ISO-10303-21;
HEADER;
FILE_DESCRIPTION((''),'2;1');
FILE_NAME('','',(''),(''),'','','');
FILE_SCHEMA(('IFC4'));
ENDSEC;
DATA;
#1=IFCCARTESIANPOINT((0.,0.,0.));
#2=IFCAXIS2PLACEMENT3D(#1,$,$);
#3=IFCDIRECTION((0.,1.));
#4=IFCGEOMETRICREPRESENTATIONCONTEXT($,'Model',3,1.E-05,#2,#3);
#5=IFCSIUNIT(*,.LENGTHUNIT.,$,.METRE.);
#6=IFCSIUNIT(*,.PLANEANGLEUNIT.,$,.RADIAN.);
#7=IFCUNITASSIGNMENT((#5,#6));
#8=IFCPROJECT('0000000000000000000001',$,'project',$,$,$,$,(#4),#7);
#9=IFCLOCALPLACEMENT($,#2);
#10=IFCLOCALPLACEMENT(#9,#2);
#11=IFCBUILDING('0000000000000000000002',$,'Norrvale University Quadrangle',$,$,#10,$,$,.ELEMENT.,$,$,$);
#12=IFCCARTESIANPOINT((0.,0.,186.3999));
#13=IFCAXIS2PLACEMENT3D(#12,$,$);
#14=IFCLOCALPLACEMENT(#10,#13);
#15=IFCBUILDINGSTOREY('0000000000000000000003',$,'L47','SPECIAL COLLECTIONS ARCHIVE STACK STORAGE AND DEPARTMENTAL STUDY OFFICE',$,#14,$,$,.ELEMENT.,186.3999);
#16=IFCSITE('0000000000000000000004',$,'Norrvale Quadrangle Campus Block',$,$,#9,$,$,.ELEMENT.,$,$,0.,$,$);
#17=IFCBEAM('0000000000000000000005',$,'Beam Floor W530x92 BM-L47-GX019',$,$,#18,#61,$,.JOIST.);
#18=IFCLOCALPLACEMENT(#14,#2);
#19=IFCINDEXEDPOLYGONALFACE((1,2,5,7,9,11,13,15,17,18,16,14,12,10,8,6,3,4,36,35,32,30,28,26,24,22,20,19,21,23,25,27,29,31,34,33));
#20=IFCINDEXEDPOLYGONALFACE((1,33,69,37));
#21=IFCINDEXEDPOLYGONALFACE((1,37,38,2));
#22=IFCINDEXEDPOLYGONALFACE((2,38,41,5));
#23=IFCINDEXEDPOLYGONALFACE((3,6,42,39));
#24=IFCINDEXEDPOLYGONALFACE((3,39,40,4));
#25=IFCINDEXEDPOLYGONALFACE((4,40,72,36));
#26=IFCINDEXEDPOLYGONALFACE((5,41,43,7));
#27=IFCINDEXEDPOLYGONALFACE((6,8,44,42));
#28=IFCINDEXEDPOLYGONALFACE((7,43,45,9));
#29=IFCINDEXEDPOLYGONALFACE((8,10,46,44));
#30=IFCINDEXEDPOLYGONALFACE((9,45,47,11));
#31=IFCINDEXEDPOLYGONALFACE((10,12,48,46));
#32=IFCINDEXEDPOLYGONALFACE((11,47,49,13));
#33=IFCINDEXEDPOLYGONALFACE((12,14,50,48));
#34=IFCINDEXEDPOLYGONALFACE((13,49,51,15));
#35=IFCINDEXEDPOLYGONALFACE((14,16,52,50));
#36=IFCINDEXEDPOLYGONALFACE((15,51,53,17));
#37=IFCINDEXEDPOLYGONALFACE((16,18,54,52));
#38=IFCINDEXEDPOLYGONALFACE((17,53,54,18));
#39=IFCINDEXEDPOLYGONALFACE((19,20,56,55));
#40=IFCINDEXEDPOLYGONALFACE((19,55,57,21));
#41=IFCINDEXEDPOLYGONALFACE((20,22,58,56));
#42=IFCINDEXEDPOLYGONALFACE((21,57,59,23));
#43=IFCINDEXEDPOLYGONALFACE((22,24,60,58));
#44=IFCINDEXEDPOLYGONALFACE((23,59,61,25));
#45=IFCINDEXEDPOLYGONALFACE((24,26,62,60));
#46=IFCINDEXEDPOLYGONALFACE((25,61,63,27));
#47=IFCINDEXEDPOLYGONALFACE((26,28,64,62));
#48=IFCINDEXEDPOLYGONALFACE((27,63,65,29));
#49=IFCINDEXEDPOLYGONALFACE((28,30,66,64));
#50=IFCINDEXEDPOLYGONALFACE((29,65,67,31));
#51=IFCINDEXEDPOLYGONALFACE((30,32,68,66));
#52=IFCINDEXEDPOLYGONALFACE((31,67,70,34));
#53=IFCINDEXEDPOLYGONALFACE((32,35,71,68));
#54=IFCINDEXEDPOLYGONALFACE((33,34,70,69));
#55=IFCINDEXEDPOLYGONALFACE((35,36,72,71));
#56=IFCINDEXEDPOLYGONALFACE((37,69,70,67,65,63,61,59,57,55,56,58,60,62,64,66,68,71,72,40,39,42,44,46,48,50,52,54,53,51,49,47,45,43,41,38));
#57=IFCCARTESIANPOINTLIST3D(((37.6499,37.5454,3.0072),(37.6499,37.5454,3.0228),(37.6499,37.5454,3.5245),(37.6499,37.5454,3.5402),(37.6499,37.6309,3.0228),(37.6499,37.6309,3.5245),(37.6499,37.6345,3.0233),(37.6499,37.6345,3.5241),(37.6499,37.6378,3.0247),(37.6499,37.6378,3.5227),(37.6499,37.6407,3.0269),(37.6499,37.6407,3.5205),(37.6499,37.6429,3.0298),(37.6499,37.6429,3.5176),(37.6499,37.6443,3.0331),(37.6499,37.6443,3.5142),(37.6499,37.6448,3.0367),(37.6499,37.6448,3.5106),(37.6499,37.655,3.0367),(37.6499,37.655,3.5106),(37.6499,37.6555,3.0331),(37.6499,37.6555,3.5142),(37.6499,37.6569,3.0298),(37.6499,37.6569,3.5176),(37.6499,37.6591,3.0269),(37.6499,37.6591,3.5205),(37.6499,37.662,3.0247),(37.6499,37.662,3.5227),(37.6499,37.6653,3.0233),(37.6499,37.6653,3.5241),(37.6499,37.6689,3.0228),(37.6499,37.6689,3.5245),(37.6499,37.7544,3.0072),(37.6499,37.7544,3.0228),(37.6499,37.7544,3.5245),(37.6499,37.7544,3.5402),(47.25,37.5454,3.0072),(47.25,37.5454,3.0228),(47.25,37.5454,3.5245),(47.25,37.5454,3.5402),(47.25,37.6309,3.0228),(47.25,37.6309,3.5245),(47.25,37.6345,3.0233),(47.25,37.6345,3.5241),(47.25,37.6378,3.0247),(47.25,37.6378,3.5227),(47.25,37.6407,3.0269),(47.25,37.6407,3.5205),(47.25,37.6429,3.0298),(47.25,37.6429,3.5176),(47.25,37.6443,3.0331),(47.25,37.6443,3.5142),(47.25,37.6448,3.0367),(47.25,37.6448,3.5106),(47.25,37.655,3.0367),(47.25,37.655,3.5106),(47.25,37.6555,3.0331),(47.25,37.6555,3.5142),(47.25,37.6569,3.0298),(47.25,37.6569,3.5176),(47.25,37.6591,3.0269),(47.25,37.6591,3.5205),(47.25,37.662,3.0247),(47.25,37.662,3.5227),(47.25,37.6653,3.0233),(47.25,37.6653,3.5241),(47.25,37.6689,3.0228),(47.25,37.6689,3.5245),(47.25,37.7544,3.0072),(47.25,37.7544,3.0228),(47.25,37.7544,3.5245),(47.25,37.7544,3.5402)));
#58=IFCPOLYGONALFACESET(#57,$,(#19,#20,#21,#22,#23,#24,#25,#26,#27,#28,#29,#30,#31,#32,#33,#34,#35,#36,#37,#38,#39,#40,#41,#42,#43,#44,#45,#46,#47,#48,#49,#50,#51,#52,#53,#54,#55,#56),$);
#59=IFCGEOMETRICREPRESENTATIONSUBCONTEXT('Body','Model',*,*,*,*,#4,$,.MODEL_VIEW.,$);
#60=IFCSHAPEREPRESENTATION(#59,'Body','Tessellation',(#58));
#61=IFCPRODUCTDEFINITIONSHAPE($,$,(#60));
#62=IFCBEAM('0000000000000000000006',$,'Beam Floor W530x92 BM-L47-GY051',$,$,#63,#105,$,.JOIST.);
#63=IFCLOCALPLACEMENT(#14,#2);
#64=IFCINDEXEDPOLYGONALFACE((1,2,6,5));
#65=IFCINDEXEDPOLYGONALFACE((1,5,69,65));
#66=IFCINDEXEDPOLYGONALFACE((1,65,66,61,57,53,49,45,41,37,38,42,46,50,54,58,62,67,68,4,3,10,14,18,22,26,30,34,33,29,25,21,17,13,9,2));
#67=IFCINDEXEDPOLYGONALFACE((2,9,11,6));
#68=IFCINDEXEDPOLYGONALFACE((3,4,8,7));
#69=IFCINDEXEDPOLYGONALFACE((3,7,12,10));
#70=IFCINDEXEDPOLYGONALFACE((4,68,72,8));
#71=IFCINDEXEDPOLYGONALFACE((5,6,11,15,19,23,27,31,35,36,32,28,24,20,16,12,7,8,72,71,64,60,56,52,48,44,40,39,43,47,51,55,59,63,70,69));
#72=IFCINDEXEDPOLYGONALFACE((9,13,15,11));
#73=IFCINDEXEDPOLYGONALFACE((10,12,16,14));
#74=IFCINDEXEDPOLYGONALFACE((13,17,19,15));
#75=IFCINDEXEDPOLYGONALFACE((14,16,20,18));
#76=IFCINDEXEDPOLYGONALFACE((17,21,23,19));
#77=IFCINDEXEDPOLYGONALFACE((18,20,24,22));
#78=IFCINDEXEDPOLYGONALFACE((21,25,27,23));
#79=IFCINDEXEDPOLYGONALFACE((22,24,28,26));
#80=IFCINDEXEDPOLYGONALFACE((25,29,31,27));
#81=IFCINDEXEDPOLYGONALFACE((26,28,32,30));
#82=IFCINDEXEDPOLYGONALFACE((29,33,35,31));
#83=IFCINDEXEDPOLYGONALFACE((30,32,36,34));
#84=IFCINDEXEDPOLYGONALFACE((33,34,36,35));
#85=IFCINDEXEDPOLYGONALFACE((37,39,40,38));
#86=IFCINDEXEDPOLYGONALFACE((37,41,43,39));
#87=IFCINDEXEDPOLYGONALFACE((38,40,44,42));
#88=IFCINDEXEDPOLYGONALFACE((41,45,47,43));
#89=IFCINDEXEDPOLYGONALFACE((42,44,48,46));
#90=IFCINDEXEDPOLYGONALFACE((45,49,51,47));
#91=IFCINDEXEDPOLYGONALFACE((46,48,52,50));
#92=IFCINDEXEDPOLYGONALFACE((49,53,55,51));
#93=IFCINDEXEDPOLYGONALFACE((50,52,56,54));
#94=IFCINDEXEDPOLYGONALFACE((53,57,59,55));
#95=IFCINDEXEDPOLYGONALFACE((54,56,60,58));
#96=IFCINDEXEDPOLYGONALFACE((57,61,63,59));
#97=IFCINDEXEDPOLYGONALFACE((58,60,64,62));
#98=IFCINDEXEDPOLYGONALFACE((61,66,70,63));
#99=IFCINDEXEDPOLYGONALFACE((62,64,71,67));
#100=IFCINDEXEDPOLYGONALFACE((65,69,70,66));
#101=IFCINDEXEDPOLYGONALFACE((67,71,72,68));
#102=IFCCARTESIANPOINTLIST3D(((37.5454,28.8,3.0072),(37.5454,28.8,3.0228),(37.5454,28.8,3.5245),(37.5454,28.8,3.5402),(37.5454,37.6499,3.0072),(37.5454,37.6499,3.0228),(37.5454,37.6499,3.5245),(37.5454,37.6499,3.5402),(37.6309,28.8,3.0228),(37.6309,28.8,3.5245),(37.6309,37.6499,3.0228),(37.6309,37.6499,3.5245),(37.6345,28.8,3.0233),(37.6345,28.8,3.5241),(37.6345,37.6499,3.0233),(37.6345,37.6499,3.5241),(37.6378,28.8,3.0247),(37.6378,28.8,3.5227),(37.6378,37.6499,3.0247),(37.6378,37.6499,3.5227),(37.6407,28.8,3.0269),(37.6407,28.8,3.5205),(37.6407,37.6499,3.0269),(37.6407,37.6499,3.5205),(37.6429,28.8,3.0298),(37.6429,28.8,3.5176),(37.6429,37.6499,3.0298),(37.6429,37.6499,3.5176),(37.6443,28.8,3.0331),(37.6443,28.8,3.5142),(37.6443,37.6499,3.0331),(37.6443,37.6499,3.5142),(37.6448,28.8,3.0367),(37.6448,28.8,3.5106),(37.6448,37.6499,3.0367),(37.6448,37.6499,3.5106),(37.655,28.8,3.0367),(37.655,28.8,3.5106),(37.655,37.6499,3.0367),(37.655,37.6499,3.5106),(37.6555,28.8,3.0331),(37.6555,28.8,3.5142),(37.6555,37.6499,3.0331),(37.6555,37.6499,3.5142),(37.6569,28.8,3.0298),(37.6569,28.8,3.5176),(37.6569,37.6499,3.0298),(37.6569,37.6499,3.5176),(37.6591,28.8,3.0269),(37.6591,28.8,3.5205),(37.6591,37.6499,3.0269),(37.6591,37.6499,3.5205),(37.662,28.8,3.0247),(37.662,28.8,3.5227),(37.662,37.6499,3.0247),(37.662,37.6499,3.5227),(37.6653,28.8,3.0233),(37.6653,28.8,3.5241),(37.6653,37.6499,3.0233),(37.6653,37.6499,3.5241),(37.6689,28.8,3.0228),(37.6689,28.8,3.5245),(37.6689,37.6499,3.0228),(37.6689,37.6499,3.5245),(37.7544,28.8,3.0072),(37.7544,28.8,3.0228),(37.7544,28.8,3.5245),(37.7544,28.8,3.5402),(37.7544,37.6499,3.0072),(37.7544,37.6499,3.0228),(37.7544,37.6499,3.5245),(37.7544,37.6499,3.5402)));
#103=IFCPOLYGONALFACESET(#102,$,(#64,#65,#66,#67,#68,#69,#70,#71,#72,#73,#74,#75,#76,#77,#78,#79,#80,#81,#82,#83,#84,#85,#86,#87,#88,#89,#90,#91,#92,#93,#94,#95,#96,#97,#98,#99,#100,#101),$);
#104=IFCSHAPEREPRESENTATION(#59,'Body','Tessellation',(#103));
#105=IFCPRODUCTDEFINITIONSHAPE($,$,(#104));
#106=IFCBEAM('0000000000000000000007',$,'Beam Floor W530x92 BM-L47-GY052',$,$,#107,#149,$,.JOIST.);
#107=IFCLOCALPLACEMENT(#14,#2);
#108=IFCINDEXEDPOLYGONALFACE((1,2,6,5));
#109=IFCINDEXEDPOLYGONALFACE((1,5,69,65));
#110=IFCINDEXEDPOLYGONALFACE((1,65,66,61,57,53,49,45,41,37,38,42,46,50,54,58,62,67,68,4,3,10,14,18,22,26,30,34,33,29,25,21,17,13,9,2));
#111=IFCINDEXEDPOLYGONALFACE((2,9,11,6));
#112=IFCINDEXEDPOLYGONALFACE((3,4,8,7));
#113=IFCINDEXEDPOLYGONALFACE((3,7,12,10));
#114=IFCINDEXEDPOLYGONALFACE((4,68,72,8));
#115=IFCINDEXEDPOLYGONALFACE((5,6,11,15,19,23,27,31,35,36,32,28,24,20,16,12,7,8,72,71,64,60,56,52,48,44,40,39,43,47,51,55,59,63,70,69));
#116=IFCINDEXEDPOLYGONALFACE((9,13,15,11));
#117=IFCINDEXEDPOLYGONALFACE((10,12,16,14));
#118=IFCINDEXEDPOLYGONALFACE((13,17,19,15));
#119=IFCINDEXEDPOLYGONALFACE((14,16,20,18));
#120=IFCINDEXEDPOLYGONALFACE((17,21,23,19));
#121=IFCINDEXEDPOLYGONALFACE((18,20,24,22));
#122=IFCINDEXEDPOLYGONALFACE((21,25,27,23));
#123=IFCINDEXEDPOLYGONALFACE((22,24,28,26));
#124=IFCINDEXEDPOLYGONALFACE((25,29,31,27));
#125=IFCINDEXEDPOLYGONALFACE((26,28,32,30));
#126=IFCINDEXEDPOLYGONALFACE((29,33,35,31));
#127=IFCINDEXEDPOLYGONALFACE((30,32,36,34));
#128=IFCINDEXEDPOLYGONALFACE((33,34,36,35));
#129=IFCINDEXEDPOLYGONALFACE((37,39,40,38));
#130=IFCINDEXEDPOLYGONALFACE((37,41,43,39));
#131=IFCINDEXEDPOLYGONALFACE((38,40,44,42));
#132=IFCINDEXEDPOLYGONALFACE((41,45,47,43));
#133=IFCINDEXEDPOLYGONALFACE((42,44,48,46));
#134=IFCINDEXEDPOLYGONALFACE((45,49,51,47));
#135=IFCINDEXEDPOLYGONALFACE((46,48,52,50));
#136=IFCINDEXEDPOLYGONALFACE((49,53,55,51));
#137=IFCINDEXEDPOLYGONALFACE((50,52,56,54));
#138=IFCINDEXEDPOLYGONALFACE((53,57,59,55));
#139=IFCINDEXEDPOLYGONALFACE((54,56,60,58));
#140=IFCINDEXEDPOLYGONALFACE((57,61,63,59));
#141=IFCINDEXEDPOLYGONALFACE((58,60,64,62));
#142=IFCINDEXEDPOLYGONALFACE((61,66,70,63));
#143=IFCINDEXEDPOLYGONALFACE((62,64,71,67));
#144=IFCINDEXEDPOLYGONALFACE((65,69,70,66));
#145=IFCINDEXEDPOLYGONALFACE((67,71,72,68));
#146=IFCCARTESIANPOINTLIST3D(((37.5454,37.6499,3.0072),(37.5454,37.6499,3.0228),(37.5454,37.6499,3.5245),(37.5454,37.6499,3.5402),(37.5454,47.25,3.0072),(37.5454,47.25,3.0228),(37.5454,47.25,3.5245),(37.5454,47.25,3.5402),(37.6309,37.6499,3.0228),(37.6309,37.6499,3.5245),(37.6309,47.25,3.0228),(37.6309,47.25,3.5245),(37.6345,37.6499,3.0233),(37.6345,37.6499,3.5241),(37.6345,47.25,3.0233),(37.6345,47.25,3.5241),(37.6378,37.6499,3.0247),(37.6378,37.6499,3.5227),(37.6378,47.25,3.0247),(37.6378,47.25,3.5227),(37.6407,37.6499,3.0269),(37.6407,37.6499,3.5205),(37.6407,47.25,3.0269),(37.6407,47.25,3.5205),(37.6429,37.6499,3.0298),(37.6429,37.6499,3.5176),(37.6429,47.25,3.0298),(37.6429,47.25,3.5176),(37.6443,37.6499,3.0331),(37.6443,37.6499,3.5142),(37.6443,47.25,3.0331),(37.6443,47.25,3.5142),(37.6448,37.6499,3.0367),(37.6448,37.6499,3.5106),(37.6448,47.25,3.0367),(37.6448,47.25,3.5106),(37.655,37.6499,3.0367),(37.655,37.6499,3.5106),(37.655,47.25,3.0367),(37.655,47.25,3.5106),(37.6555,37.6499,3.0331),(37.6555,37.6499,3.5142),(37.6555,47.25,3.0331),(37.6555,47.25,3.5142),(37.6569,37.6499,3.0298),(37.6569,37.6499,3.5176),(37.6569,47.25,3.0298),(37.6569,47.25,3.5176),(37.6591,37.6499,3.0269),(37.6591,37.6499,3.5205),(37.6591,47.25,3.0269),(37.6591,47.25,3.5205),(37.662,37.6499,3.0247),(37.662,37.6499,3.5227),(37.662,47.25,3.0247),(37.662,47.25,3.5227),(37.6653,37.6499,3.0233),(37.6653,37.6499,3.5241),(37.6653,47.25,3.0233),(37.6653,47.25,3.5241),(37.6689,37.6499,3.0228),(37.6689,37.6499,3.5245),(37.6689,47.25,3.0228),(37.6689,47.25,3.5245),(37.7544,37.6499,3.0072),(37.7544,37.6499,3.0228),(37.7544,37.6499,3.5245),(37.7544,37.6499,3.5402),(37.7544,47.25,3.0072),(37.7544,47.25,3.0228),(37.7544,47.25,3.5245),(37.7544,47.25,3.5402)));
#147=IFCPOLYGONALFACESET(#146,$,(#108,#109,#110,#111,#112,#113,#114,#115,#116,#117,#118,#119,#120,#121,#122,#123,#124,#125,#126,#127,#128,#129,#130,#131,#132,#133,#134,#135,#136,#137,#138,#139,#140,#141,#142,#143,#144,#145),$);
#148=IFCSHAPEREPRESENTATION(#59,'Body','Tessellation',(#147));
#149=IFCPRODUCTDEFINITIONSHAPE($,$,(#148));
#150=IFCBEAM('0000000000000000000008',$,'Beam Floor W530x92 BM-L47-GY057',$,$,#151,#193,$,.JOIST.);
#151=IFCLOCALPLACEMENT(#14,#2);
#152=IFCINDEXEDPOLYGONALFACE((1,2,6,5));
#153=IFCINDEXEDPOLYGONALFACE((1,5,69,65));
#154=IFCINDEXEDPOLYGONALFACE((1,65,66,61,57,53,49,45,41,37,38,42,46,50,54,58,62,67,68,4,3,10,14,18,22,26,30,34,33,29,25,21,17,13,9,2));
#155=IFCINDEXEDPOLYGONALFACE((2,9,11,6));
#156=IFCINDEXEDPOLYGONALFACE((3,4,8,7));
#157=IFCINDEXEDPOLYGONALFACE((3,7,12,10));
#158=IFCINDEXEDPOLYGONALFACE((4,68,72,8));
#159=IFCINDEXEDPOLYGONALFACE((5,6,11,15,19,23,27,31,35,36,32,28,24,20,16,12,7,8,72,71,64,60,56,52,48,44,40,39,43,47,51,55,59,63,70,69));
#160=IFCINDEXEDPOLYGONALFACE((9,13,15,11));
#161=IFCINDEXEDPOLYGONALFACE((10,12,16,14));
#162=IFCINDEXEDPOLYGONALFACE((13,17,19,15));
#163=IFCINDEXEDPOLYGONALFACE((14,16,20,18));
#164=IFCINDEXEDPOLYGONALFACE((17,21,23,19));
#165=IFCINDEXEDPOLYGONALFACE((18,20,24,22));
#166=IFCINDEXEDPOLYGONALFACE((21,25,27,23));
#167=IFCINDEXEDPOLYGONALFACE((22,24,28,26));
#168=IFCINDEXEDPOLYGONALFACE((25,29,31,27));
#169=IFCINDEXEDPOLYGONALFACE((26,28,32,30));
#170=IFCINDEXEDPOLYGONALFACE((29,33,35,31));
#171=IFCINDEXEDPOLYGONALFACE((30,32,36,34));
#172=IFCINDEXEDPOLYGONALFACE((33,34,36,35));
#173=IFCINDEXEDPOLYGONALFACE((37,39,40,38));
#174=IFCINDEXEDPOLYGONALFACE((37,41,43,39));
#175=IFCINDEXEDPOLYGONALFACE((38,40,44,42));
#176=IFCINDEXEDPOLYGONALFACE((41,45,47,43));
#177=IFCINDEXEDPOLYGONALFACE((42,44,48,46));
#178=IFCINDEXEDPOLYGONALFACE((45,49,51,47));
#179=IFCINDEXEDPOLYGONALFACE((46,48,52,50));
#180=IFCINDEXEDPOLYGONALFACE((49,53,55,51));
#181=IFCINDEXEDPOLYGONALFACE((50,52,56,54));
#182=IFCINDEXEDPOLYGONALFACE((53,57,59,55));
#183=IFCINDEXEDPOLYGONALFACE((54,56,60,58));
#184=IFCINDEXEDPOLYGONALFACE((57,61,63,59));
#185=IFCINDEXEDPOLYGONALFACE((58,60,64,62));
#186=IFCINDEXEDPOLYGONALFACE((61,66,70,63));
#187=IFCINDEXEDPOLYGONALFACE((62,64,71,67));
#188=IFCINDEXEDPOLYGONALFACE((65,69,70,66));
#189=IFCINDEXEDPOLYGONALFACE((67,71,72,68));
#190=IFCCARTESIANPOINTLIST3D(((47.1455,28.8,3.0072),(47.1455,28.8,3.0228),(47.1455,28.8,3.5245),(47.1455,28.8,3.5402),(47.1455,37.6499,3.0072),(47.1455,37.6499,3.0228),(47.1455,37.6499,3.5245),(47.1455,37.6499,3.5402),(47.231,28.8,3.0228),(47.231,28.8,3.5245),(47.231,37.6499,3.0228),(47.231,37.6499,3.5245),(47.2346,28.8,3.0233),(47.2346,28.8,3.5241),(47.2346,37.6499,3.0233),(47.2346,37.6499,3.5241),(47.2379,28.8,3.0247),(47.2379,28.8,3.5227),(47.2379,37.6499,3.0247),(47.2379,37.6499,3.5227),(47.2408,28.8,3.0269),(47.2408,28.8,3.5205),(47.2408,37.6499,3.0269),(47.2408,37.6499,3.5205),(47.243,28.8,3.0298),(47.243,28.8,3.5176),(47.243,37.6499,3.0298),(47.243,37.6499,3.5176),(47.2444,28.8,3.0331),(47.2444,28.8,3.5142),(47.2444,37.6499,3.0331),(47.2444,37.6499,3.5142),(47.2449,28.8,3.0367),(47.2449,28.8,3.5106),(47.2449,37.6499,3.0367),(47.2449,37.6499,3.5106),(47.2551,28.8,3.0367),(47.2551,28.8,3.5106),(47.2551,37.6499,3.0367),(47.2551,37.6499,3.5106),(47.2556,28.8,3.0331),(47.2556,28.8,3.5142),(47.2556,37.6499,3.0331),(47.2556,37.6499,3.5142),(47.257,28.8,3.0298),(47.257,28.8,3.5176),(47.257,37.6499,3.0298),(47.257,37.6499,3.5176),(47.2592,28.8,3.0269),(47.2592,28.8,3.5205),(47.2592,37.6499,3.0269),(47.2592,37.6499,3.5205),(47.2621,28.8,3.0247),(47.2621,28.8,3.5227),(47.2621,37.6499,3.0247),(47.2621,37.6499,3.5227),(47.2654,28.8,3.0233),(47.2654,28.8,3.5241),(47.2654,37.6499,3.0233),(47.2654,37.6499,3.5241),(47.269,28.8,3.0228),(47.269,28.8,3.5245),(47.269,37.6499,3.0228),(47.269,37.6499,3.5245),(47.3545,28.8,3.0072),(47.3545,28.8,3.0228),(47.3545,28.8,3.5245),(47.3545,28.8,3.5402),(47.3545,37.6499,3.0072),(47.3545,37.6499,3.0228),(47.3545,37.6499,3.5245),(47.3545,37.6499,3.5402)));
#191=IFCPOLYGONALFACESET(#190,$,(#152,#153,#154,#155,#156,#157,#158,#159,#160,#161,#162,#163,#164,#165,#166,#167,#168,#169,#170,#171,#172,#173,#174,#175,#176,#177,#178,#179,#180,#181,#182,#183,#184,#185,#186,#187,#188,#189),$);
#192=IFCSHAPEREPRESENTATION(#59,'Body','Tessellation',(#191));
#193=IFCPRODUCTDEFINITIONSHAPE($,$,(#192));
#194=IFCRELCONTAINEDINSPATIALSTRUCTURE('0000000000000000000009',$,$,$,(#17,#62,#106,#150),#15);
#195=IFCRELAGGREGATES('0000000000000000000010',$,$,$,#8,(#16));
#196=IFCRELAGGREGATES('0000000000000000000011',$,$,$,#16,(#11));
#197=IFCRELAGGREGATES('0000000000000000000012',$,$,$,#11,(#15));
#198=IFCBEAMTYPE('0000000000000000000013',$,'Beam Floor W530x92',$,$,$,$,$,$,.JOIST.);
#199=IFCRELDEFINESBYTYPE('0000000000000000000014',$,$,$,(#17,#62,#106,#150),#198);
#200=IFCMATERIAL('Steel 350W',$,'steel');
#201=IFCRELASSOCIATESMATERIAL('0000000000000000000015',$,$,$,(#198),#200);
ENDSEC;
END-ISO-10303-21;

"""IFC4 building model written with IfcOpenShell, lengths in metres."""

from ifc_helpers import new_model, si_unit, direction, frame, origin, origin_2d, place, context, subcontext, project, spatial, i_section, extrude, material, material_profile, profile_set, type_object, element, save


model = new_model("IFC4")

# Units and contexts
model_context = context("Model", 3, precision=1e-05, world=origin(), true_north=direction((0.0, 1.0)))
body_context = subcontext(model_context, "Body", "Model", "MODEL_VIEW")
ifc_project = project(units=[si_unit("LENGTHUNIT", "METRE"), si_unit("PLANEANGLEUNIT", "RADIAN")], contexts=[model_context])

# Site, building, storey
site_placement = place(None, origin())
site = spatial("IfcSite", under=ifc_project, at=site_placement, Name="Norrvale Quadrangle Campus Block", CompositionType="ELEMENT", RefElevation=0.0)
building_placement = place(site_placement, origin())
building = spatial("IfcBuilding", under=site, at=building_placement, Name="Norrvale University Quadrangle", CompositionType="ELEMENT")
storey_placement = place(building_placement, frame((0.0, 0.0, 186.3999)))
storey = spatial("IfcBuildingStorey", under=building, at=storey_placement, Name="L47", Description="SPECIAL COLLECTIONS ARCHIVE STACK STORAGE AND DEPARTMENTAL STUDY OFFICE", CompositionType="ELEMENT", Elevation=186.3999)

# Beams
ifc_material_1 = material(Name="Steel 350W", Category="steel")
ifc_material_profile_1 = material_profile(ifc_material_1, i_section(OverallWidth=0.209, OverallDepth=0.533, WebThickness=0.0103, FlangeThickness=0.0156, FilletRadius=0.0139, at=origin_2d()), Name="Steel 350W")
ifc_profile_set_1 = profile_set([ifc_material_profile_1], Name="Steel 350W")
beam_type_1 = type_object("IfcBeamType", Name="Beam Floor W530x92", PredefinedType="JOIST", material=ifc_profile_set_1)
for number, where, z_axis, x_axis, name in (
    (1, (37.6499, 37.6499, 3.2737), (1.0, 0.0, 0.0), (0.0, 1.0, 0.0), "Beam Floor W530x92 BM-L47-GX019"),
):
    element("IfcBeam", number, at=place(storey_placement, frame(where, z_axis=z_axis, x_axis=x_axis)), inside=storey, type_object=beam_type_1, Name=name, PredefinedType="JOIST", context=body_context, shape_type="SweptSolid", body=[
        extrude(i_section(OverallWidth=0.209, OverallDepth=0.533, WebThickness=0.0103, FlangeThickness=0.0156, FilletRadius=0.0139, at=origin_2d()), origin(), (0.0, 0.0, 1.0), 9.6001),
    ])
beam_1_placement = place(storey_placement, frame((37.6499, 28.8, 3.2737), z_axis=(0.0, 1.0, 0.0), x_axis=(-1.0, 0.0, 0.0)))
element("IfcBeam", 2, at=beam_1_placement, inside=storey, type_object=beam_type_1, Name="Beam Floor W530x92 BM-L47-GY051", PredefinedType="JOIST", context=body_context, shape_type="SweptSolid", body=[
    extrude(i_section(OverallWidth=0.209, OverallDepth=0.533, WebThickness=0.0103, FlangeThickness=0.0156, FilletRadius=0.0139, at=origin_2d()), origin(), (0.0, 0.0, 1.0), 8.8499),
])
beam_2_placement = place(storey_placement, frame((37.6499, 37.6499, 3.2737), z_axis=(0.0, 1.0, 0.0), x_axis=(-1.0, 0.0, 0.0)))
element("IfcBeam", 3, at=beam_2_placement, inside=storey, type_object=beam_type_1, Name="Beam Floor W530x92 BM-L47-GY052", PredefinedType="JOIST", context=body_context, shape_type="SweptSolid", body=[
    extrude(i_section(OverallWidth=0.209, OverallDepth=0.533, WebThickness=0.0103, FlangeThickness=0.0156, FilletRadius=0.0139, at=origin_2d()), origin(), (0.0, 0.0, 1.0), 9.6001),
])
beam_3_placement = place(storey_placement, frame((47.25, 28.8, 3.2737), z_axis=(0.0, 1.0, 0.0), x_axis=(-1.0, 0.0, 0.0)))
element("IfcBeam", 4, at=beam_3_placement, inside=storey, type_object=beam_type_1, Name="Beam Floor W530x92 BM-L47-GY057", PredefinedType="JOIST", context=body_context, shape_type="SweptSolid", body=[
    extrude(i_section(OverallWidth=0.209, OverallDepth=0.533, WebThickness=0.0103, FlangeThickness=0.0156, FilletRadius=0.0139, at=origin_2d()), origin(), (0.0, 0.0, 1.0), 8.8499),
])

save(model, "model.ifc")
